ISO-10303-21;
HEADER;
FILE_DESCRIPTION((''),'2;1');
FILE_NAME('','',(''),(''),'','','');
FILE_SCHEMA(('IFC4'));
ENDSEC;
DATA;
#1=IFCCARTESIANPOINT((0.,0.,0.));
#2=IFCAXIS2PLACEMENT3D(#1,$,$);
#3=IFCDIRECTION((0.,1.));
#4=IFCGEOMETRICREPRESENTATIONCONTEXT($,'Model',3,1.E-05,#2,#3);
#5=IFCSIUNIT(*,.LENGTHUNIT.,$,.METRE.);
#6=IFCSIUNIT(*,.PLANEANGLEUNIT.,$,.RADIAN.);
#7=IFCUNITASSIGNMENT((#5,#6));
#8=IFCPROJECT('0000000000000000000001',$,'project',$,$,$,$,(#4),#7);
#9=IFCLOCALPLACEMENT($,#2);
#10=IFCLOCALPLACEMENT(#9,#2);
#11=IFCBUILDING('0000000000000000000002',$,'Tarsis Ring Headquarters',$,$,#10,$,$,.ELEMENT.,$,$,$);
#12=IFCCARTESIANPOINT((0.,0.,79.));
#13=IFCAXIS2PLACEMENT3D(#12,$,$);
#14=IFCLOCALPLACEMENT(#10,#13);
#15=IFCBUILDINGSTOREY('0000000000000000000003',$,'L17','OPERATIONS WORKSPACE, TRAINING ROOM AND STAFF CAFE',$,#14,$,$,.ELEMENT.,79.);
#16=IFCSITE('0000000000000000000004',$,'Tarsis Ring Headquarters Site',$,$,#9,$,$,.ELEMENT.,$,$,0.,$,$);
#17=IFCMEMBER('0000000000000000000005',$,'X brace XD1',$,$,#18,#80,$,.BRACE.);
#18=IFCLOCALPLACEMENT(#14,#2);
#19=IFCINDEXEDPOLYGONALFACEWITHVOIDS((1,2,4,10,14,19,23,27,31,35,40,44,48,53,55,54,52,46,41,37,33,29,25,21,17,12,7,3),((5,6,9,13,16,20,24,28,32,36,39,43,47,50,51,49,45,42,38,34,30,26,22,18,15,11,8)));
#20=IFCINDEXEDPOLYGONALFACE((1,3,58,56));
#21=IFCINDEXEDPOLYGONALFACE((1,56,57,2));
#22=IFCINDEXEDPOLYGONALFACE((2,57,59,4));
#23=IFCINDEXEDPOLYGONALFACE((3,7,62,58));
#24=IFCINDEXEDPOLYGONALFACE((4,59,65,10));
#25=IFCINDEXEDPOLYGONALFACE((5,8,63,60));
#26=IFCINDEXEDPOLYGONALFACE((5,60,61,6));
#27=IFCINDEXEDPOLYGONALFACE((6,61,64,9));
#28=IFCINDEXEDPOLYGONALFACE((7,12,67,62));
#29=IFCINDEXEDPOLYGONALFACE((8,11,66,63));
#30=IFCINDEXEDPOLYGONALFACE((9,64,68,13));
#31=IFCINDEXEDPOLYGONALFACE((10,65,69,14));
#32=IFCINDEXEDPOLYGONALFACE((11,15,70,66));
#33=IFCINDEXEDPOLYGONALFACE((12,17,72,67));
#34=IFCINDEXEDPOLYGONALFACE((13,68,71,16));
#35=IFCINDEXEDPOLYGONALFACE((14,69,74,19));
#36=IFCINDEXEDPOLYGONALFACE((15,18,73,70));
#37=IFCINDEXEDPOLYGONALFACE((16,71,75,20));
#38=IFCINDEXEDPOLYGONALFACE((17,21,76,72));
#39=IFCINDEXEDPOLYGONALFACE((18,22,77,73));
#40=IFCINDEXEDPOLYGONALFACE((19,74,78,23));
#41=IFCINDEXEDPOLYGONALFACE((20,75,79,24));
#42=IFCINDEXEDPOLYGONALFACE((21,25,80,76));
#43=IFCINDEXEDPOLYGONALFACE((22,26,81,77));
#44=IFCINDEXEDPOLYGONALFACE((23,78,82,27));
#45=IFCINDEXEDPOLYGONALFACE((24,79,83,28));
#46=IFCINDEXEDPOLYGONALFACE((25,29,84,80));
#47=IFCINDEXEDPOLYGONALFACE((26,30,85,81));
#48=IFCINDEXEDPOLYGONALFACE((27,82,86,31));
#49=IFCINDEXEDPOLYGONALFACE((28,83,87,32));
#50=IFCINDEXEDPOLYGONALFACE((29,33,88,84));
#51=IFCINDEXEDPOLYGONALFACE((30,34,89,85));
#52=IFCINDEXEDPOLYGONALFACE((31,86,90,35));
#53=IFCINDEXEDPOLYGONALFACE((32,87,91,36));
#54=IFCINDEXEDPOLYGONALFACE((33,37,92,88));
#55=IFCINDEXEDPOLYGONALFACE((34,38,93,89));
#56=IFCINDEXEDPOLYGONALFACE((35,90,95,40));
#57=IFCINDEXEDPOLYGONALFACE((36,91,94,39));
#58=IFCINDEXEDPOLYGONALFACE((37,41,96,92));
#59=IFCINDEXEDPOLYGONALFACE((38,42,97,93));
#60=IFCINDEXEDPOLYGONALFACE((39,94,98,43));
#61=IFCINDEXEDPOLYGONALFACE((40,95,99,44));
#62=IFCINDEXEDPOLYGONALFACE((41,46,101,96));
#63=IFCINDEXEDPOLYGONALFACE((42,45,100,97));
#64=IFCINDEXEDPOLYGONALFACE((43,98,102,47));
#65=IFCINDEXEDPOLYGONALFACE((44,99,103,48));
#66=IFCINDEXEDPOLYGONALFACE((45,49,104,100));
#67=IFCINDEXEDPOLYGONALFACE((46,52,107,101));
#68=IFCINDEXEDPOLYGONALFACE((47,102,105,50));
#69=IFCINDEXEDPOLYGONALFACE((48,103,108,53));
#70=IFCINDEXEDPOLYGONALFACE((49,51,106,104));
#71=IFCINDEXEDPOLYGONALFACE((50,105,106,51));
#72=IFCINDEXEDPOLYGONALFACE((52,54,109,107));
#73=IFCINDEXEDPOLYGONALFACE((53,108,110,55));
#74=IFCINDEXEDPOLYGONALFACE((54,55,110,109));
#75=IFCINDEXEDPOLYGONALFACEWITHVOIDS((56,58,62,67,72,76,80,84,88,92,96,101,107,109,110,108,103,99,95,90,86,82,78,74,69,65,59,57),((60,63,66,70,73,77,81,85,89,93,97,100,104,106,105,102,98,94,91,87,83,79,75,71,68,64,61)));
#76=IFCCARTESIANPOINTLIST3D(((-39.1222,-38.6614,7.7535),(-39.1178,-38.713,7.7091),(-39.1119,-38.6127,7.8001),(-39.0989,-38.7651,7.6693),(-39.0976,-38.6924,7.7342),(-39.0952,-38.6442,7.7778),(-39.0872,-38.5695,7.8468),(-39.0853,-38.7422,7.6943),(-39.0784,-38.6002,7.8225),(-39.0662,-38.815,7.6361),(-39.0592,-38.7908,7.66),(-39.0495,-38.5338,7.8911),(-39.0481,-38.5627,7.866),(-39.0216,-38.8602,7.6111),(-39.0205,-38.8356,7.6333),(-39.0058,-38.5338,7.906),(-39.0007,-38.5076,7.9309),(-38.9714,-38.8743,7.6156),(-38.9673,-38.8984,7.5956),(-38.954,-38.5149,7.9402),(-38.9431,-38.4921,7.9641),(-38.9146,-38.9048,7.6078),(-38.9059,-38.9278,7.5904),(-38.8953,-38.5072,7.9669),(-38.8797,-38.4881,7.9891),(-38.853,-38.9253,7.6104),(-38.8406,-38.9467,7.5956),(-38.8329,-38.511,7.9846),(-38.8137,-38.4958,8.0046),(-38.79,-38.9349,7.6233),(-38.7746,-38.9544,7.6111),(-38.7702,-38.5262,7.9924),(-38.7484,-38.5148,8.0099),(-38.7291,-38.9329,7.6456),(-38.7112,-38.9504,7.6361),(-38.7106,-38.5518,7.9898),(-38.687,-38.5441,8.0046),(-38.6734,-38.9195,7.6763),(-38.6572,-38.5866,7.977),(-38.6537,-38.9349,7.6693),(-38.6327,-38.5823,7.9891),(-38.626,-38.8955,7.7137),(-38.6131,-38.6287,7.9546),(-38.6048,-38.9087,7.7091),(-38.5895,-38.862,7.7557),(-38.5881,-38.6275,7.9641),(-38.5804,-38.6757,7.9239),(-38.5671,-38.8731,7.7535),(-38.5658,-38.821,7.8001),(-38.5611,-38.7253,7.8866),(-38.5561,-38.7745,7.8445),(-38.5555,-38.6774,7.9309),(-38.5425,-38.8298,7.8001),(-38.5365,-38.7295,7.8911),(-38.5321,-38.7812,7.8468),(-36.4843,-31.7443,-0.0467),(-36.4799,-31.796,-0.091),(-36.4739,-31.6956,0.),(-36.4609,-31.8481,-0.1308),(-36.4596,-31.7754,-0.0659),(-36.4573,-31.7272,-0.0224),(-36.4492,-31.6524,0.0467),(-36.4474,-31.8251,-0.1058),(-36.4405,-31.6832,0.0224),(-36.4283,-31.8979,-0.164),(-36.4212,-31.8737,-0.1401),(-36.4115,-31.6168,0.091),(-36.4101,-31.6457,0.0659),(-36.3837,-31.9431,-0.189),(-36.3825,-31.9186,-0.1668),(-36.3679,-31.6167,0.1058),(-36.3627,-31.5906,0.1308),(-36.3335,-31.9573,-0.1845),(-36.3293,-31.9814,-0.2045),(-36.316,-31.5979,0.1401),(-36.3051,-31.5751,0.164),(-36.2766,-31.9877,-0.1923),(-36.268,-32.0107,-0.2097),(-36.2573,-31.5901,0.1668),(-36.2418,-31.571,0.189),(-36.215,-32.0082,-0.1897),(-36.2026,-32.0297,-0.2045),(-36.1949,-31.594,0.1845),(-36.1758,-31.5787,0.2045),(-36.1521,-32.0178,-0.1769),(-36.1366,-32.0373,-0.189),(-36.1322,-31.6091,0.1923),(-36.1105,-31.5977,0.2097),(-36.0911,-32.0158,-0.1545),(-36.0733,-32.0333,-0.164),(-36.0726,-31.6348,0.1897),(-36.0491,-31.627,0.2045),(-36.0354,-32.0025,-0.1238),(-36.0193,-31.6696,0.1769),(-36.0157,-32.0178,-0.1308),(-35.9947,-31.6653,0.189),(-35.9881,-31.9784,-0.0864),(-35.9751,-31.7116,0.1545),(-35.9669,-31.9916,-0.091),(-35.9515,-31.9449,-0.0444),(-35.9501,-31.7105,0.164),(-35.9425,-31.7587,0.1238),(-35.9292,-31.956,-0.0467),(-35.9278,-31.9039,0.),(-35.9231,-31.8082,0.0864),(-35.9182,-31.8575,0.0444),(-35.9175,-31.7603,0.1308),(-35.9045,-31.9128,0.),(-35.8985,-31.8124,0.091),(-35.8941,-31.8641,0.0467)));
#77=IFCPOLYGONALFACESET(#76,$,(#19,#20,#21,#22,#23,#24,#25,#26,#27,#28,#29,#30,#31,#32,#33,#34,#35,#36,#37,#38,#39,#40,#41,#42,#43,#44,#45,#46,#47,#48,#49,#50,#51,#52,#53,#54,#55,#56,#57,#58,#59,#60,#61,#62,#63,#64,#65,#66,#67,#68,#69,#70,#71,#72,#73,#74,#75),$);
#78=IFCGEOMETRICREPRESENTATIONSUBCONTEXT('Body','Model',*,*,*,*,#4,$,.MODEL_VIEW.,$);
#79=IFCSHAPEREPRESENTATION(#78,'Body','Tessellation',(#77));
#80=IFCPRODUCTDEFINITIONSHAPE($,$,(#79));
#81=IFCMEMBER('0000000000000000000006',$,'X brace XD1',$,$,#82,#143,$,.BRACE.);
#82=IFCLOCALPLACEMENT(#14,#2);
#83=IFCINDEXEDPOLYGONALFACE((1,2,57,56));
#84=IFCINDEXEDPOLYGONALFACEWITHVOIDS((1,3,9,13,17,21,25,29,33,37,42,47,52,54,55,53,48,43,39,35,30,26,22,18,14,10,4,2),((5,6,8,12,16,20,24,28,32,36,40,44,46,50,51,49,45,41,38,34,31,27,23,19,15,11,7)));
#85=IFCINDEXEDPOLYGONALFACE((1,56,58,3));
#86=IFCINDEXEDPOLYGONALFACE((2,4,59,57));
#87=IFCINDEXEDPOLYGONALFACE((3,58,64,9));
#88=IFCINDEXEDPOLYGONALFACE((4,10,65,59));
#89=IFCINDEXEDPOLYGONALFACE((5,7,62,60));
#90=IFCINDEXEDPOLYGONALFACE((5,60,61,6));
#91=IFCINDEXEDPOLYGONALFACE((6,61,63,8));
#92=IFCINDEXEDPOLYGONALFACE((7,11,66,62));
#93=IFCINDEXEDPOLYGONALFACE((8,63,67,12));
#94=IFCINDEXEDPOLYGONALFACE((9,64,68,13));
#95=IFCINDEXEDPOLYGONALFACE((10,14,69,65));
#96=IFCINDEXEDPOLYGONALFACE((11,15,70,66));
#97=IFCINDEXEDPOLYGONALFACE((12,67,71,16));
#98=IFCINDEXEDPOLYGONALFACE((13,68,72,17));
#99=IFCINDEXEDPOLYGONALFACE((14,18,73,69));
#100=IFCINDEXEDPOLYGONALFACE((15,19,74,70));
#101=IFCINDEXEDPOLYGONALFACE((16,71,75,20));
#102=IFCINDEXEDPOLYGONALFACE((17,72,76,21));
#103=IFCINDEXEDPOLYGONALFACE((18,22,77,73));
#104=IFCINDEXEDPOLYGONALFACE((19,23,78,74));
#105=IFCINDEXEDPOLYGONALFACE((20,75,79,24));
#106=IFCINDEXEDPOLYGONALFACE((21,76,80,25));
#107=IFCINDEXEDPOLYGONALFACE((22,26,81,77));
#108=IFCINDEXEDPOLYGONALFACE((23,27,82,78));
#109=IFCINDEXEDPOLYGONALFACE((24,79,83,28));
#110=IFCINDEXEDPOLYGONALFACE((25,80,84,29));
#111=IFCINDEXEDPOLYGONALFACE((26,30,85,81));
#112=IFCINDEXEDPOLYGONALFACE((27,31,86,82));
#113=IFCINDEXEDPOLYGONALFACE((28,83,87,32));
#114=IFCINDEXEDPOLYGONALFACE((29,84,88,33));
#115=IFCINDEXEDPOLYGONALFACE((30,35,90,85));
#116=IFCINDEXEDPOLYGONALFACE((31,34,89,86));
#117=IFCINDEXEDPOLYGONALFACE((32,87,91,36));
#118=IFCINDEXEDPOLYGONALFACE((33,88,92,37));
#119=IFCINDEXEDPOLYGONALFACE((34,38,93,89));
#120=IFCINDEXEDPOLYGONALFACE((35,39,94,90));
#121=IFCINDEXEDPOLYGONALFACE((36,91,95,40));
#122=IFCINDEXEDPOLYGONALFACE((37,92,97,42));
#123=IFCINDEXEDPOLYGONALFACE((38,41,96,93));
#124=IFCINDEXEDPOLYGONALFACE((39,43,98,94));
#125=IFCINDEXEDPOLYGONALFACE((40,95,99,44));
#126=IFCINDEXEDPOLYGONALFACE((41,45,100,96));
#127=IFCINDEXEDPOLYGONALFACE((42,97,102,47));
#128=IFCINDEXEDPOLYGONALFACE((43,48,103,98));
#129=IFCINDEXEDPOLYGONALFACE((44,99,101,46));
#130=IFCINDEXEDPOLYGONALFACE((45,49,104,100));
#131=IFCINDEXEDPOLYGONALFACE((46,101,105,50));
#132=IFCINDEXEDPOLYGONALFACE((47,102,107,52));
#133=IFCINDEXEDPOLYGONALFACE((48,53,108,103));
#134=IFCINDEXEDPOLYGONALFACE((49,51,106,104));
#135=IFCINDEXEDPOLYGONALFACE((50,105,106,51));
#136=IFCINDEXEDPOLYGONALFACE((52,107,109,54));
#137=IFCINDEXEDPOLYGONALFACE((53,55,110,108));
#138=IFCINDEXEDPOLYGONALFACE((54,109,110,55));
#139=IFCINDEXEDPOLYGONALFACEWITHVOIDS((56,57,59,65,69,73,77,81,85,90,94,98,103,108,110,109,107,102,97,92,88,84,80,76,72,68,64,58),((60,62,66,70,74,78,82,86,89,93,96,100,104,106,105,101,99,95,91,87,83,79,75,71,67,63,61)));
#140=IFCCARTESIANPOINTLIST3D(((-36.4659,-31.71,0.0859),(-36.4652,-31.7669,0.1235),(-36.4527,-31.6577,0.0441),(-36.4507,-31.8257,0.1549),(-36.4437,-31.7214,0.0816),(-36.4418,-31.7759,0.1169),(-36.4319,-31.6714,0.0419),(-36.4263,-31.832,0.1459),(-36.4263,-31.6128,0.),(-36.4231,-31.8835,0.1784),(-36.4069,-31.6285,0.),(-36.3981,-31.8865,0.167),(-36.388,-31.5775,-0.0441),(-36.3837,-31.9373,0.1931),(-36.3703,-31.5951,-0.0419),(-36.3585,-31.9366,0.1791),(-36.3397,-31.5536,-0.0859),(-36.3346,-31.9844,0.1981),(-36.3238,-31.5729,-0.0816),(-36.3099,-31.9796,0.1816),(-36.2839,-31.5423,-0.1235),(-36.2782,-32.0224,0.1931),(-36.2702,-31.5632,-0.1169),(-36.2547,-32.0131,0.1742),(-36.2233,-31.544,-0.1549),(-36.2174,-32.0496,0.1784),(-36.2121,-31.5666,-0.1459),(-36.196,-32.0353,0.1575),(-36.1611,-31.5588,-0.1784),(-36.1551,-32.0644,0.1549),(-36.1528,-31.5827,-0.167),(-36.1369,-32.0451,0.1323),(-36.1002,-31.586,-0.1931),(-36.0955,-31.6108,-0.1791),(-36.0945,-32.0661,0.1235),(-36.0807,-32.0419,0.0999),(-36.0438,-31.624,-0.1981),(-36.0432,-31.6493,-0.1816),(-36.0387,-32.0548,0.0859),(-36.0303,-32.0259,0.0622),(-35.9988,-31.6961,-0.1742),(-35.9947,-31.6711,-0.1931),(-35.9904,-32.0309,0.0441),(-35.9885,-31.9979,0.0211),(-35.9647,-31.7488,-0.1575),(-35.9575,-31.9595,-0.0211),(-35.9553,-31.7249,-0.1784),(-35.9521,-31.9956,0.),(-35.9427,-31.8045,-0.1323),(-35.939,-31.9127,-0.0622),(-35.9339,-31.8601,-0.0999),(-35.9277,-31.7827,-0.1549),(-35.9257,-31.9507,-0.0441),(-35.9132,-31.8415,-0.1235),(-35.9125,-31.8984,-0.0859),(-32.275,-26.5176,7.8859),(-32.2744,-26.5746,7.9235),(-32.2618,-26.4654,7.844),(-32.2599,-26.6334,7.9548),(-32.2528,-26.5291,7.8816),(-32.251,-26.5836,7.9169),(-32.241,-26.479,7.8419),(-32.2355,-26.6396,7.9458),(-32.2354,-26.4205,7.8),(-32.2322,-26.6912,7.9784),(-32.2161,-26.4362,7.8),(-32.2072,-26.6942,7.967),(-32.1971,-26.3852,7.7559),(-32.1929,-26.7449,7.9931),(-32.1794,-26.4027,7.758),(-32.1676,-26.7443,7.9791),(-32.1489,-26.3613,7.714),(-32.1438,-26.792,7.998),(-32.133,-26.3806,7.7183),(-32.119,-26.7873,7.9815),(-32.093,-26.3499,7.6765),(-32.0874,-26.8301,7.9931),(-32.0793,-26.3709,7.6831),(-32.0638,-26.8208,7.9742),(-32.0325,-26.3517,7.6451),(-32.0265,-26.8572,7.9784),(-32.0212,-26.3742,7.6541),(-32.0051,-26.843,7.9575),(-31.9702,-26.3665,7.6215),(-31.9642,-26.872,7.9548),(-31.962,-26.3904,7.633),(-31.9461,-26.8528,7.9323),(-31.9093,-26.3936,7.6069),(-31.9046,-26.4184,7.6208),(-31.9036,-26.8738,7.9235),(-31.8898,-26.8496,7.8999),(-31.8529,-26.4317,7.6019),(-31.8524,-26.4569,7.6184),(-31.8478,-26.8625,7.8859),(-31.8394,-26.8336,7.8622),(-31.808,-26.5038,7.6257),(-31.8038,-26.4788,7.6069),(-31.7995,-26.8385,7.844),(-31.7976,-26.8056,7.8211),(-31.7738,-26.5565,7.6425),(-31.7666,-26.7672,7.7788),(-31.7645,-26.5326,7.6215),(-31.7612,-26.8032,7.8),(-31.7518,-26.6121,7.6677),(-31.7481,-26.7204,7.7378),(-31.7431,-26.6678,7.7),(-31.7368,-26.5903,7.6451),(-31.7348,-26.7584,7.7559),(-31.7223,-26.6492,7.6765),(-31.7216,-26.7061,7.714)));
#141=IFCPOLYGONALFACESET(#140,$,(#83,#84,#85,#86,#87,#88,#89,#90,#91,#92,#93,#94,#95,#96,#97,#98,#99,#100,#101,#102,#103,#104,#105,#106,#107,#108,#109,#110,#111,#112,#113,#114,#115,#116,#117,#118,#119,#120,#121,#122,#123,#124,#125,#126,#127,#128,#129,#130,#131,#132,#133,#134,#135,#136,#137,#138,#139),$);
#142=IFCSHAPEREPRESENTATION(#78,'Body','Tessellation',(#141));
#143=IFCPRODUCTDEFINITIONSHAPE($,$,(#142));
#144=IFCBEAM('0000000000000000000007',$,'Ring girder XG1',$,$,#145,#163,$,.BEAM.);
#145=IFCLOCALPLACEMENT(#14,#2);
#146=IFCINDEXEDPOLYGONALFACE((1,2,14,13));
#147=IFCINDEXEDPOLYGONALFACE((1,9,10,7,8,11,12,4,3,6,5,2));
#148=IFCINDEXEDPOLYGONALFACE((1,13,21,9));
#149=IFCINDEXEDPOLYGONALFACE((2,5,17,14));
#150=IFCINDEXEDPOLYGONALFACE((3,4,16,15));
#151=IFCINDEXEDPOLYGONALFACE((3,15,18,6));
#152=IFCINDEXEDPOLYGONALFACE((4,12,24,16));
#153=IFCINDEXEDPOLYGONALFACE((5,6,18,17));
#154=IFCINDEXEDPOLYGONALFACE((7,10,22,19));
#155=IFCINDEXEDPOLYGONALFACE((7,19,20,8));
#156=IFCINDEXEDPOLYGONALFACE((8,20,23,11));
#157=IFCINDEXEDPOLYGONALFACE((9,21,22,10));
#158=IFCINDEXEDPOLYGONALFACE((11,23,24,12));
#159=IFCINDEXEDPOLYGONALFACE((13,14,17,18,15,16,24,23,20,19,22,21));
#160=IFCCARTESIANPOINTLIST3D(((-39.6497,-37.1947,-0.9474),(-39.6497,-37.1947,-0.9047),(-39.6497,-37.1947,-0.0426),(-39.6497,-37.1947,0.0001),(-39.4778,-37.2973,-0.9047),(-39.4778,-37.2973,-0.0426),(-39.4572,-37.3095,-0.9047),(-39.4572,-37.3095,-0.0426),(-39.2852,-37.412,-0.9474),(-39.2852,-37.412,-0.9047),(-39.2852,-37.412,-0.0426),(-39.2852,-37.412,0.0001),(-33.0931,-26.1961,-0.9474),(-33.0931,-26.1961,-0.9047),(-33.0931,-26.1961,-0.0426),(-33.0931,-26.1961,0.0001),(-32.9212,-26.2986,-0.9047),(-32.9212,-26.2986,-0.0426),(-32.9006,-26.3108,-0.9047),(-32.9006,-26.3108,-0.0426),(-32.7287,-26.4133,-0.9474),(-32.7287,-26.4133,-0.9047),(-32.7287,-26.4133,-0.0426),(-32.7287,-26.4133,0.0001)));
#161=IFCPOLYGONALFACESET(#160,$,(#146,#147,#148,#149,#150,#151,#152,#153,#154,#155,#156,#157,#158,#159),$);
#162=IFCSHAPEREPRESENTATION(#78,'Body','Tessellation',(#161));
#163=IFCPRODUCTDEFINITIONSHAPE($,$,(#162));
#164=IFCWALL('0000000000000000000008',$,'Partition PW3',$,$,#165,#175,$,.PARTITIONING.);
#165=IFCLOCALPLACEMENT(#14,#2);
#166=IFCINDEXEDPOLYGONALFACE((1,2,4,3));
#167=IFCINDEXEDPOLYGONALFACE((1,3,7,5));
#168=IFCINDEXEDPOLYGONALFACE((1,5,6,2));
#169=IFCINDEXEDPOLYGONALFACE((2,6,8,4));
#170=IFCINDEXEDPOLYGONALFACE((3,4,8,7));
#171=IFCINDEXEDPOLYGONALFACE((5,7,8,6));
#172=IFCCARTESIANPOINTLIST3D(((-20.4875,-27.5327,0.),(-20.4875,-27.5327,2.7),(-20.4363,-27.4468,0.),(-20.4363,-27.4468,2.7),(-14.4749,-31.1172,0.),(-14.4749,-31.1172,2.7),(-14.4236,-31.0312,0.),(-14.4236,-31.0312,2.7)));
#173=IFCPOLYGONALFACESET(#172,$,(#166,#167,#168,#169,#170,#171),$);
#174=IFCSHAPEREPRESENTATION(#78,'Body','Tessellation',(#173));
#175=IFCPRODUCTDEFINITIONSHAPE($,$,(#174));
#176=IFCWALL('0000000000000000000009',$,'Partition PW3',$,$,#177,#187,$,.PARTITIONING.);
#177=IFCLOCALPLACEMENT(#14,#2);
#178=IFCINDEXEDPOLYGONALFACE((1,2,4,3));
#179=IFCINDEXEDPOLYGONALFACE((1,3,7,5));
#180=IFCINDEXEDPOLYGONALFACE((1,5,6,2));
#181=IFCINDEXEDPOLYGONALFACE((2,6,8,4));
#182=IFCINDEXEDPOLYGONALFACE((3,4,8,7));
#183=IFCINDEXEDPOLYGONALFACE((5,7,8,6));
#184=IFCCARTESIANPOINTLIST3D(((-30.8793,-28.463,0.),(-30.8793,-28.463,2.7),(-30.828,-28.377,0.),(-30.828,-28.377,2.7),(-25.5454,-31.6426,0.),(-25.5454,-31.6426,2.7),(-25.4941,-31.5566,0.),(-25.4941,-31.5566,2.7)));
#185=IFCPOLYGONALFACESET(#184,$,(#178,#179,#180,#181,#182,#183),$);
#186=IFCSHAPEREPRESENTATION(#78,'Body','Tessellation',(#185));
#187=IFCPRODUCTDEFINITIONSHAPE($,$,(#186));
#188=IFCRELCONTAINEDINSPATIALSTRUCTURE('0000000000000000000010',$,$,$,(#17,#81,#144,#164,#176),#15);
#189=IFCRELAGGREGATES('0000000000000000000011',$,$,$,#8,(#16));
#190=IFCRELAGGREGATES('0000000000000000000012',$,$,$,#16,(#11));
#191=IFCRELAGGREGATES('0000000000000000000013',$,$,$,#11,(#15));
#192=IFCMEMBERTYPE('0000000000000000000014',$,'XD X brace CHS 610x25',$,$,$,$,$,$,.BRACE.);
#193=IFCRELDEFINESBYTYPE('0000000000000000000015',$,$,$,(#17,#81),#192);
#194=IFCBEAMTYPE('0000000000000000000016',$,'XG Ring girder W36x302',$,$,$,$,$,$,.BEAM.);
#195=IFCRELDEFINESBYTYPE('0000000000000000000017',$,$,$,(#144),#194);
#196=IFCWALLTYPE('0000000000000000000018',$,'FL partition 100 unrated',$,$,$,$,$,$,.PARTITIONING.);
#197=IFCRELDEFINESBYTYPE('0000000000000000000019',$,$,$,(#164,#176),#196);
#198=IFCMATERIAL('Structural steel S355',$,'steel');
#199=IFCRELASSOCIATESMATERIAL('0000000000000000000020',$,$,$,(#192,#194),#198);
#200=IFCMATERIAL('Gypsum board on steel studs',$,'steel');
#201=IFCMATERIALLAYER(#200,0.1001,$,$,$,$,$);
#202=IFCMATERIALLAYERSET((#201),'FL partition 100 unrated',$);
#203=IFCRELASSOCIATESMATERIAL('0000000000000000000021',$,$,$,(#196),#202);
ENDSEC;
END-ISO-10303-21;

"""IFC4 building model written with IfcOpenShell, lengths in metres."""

from ifc_helpers import new_model, si_unit, direction, frame, frame_2d, origin, origin_2d, place, context, subcontext, project, spatial, rectangle, hollow_circle, i_section, extrude, material, layer, layer_set, material_profile, profile_set, type_object, element, save


model = new_model("IFC4")

# Units and contexts
model_context = context("Model", 3, precision=1e-05, world=origin(), true_north=direction((0.0, 1.0)))
body_context = subcontext(model_context, "Body", "Model", "MODEL_VIEW")
ifc_project = project(units=[si_unit("LENGTHUNIT", "METRE"), si_unit("PLANEANGLEUNIT", "RADIAN")], contexts=[model_context])

# Site, building, storey
site_placement = place(None, origin())
site = spatial("IfcSite", under=ifc_project, at=site_placement, Name="Tarsis Ring Headquarters Site", CompositionType="ELEMENT", RefElevation=0.0)
building_placement = place(site_placement, origin())
building = spatial("IfcBuilding", under=site, at=building_placement, Name="Tarsis Ring Headquarters", CompositionType="ELEMENT")
storey_placement = place(building_placement, frame((0.0, 0.0, 79.0)))
storey = spatial("IfcBuildingStorey", under=building, at=storey_placement, Name="L17", Description="OPERATIONS WORKSPACE, TRAINING ROOM AND STAFF CAFE", CompositionType="ELEMENT", Elevation=79.0)

# Shared definitions
ifc_material_1 = material(Name="Structural steel S355", Category="steel")

# Members
ifc_material_profile_1 = material_profile(ifc_material_1, hollow_circle(Radius=0.3047, WallThickness=0.0249, at=origin_2d()), Name="CHS 610x25")
ifc_profile_set_1 = profile_set([ifc_material_profile_1], Name="Structural steel S355")
member_type = type_object("IfcMemberType", Name="XD X brace CHS 610x25", PredefinedType="BRACE", material=ifc_profile_set_1)
member_1_placement = place(storey_placement, frame((-36.1892, -31.8042, 0.0), z_axis=(-0.245303, -0.643214, 0.725329), x_axis=(0.934358, -0.356337, 0.0)))
element("IfcMember", 1, at=member_1_placement, inside=storey, type_object=member_type, Name="X brace XD1", PredefinedType="BRACE", context=body_context, shape_type="SweptSolid", body=[
    extrude(hollow_circle(Radius=0.3047, WallThickness=0.0249, at=origin_2d()), origin(), (0.0, 0.0, 1.0), 10.7539),
])
member_2_placement = place(storey_placement, frame((-36.1892, -31.8042, 0.0), z_axis=(0.408282, 0.505845, 0.759886), x_axis=(-0.778156, 0.628071, 0.0)))
element("IfcMember", 2, at=member_2_placement, inside=storey, type_object=member_type, Name="X brace XD1", PredefinedType="BRACE", context=body_context, shape_type="SweptSolid", body=[
    extrude(hollow_circle(Radius=0.3047, WallThickness=0.0249, at=origin_2d()), origin(), (0.0, 0.0, 1.0), 10.2646),
])

# Beam
ifc_material_profile_2 = material_profile(ifc_material_1, i_section(OverallWidth=0.4243, OverallDepth=0.9475, WebThickness=0.0239, FlangeThickness=0.0427, at=origin_2d()), Name="W36x302")
ifc_profile_set_2 = profile_set([ifc_material_profile_2], Name="Structural steel S355")
beam_type_1 = type_object("IfcBeamType", Name="XG Ring girder W36x302", PredefinedType="BEAM", material=ifc_profile_set_2)
beam_1_placement = place(storey_placement, frame((-32.9109, -26.3047, -0.4736), z_axis=(-0.512046, -0.858958, 0.0), x_axis=(0.858958, -0.512046, 0.0)))
element("IfcBeam", 3, at=beam_1_placement, inside=storey, type_object=beam_type_1, Name="Ring girder XG1", PredefinedType="BEAM", context=body_context, shape_type="SweptSolid", body=[
    extrude(i_section(OverallWidth=0.4243, OverallDepth=0.9475, WebThickness=0.0239, FlangeThickness=0.0427, at=origin_2d()), origin(), (0.0, 0.0, 1.0), 12.8047),
])

# Walls
ifc_material_2 = material(Name="Gypsum board on steel studs", Category="steel")
ifc_layer_1 = layer(ifc_material_2, 0.1001)
ifc_layer_set_1 = layer_set([ifc_layer_1], Name="FL partition 100 unrated")
wall_type_1 = type_object("IfcWallType", Name="FL partition 100 unrated", PredefinedType="PARTITIONING", material=ifc_layer_set_1)
wall_1_placement = place(storey_placement, frame((-20.4619, -27.4897, 0.0), z_axis=(0.0, 0.0, 1.0), x_axis=(0.858948, -0.512063, 0.0)))
element("IfcWall", 4, at=wall_1_placement, inside=storey, type_object=wall_type_1, Name="Partition PW3", PredefinedType="PARTITIONING", context=body_context, shape_type="SweptSolid", body=[
    extrude(rectangle(XDim=7.0, YDim=0.1001, at=frame_2d((3.5, 0.0))), origin(), (0.0, 0.0, 1.0), 2.7),
])
wall_2_placement = place(storey_placement, frame((-30.8538, -28.4199, 0.0), z_axis=(0.0, 0.0, 1.0), x_axis=(0.85896, -0.512042, 0.0)))
element("IfcWall", 5, at=wall_2_placement, inside=storey, type_object=wall_type_1, Name="Partition PW3", PredefinedType="PARTITIONING", context=body_context, shape_type="SweptSolid", body=[
    extrude(rectangle(XDim=6.2097, YDim=0.1001, at=frame_2d((3.105, 0.0))), origin(), (0.0, 0.0, 1.0), 2.7),
])

save(model, "model.ifc")
